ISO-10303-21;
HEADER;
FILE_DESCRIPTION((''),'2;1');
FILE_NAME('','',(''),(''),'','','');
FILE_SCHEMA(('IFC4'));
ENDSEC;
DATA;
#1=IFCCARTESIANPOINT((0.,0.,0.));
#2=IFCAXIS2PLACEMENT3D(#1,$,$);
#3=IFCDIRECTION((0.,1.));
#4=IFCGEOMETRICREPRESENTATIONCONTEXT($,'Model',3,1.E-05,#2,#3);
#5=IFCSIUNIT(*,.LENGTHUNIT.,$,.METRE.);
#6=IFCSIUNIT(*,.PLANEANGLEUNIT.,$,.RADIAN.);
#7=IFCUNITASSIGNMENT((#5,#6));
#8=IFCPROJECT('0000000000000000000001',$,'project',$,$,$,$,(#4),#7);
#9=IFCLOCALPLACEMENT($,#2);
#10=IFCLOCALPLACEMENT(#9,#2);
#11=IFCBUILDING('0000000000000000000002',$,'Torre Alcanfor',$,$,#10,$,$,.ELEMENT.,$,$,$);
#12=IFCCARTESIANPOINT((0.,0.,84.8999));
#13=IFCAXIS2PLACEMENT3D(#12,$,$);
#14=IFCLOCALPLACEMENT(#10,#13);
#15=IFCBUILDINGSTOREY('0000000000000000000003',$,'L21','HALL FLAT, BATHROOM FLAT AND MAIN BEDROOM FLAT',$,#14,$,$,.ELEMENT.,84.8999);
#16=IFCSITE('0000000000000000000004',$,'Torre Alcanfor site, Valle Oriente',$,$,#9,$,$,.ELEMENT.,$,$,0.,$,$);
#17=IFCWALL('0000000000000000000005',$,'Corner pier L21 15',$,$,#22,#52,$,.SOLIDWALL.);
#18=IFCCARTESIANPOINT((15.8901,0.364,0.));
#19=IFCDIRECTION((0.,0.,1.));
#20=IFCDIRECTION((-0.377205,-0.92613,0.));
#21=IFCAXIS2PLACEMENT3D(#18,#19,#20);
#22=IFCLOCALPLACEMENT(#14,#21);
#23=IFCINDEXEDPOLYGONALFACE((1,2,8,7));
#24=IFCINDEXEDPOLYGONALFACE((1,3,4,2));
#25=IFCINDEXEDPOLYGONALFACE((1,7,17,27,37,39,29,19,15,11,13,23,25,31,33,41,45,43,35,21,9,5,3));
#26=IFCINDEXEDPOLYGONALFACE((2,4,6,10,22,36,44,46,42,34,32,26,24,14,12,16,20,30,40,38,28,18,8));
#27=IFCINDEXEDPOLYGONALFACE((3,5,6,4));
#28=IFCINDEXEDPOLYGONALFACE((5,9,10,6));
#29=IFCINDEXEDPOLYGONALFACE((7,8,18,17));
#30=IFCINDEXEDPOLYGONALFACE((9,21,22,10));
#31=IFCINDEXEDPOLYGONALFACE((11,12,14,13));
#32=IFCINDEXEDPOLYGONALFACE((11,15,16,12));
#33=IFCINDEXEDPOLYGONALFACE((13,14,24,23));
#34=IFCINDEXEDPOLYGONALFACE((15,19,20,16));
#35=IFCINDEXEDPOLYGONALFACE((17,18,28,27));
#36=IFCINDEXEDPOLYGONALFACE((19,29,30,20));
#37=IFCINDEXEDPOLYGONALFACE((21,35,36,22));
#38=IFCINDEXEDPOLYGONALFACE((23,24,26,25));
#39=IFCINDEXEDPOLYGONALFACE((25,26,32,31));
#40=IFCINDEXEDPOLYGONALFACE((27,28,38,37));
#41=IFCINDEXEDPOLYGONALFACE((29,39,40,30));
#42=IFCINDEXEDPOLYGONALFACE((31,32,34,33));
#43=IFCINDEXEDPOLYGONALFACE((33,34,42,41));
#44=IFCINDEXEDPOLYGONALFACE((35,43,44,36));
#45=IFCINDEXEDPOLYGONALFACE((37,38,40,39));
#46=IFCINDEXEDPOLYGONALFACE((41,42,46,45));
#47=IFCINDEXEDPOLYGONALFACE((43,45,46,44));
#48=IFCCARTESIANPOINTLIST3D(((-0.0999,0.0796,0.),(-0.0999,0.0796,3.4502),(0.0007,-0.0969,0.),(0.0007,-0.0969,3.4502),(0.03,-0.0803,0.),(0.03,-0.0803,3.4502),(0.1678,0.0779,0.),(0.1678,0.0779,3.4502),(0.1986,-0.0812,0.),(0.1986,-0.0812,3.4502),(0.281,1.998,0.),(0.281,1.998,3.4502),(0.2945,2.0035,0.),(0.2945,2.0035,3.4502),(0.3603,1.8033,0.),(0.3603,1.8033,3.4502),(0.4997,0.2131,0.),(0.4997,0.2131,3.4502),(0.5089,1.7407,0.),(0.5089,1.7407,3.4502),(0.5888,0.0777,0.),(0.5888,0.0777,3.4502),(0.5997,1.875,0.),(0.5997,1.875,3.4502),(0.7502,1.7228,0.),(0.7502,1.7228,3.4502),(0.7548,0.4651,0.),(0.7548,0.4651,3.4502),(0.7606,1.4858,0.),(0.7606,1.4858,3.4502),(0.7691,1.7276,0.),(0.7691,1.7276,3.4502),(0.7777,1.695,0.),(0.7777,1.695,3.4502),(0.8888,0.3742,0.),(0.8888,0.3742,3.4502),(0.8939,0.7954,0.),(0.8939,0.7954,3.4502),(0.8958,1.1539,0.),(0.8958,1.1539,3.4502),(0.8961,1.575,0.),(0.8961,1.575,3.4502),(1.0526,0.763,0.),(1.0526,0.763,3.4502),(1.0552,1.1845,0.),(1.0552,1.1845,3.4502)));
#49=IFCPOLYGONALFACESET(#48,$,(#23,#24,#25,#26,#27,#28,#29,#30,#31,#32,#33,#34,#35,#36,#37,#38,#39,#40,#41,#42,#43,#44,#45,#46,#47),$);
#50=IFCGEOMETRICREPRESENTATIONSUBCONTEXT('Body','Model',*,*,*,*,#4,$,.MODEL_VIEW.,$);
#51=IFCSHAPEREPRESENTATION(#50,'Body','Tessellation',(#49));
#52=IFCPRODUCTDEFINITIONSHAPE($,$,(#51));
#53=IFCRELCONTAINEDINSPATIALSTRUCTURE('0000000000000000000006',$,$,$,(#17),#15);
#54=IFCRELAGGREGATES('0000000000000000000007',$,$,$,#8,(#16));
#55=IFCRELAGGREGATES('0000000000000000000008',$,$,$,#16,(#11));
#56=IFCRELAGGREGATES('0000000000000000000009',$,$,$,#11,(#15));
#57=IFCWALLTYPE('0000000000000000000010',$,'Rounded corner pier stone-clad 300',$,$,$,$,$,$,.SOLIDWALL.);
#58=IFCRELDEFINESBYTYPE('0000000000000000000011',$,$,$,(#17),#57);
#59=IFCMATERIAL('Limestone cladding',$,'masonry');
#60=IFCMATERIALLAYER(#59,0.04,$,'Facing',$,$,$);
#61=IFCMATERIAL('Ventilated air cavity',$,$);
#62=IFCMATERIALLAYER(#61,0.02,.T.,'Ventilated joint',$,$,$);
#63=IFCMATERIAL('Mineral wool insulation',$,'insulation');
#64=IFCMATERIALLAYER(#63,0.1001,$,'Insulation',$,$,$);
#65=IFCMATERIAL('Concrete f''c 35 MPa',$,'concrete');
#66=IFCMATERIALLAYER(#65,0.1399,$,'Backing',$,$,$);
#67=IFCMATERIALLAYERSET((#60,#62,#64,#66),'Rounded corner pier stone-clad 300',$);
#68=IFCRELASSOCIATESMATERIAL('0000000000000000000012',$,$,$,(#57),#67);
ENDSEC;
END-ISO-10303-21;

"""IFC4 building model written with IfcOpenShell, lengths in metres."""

from ifc_helpers import new_model, si_unit, direction, frame, origin, place, context, subcontext, project, spatial, polyline, outline, extrude, material, layer, layer_set, type_object, element, save


model = new_model("IFC4")

# Units and contexts
model_context = context("Model", 3, precision=1e-05, world=origin(), true_north=direction((0.0, 1.0)))
body_context = subcontext(model_context, "Body", "Model", "MODEL_VIEW")
ifc_project = project(units=[si_unit("LENGTHUNIT", "METRE"), si_unit("PLANEANGLEUNIT", "RADIAN")], contexts=[model_context])

# Site, building, storey
site_placement = place(None, origin())
site = spatial("IfcSite", under=ifc_project, at=site_placement, Name="Torre Alcanfor site, Valle Oriente", CompositionType="ELEMENT", RefElevation=0.0)
building_placement = place(site_placement, origin())
building = spatial("IfcBuilding", under=site, at=building_placement, Name="Torre Alcanfor", CompositionType="ELEMENT")
storey_placement = place(building_placement, frame((0.0, 0.0, 84.8999)))
storey = spatial("IfcBuildingStorey", under=building, at=storey_placement, Name="L21", Description="HALL FLAT, BATHROOM FLAT AND MAIN BEDROOM FLAT", CompositionType="ELEMENT", Elevation=84.8999)

# Shared definitions
ifc_material_1 = material(Name="Limestone cladding", Category="masonry")
ifc_material_2 = material(Name="Ventilated air cavity")
ifc_material_3 = material(Name="Mineral wool insulation", Category="insulation")
ifc_material_4 = material(Name="Concrete f'c 35 MPa", Category="concrete")

# Wall
ifc_layer_1 = layer(ifc_material_1, 0.04, Name="Facing")
ifc_layer_2 = layer(ifc_material_2, 0.02, ventilated=True, Name="Ventilated joint")
ifc_layer_3 = layer(ifc_material_3, 0.1001, Name="Insulation")
ifc_layer_4 = layer(ifc_material_4, 0.1399, Name="Backing")
ifc_layer_set_1 = layer_set([ifc_layer_1, ifc_layer_2, ifc_layer_3, ifc_layer_4], Name="Rounded corner pier stone-clad 300")
wall_type_1 = type_object("IfcWallType", Name="Rounded corner pier stone-clad 300", PredefinedType="SOLIDWALL", material=ifc_layer_set_1)
wall_1_placement = place(storey_placement, frame((15.8901, 0.364, 0.0), z_axis=(0.0, 0.0, 1.0), x_axis=(-0.377205, -0.92613, 0.0)))
element("IfcWall", 1, at=wall_1_placement, inside=storey, type_object=wall_type_1, Name="Corner pier L21 15", PredefinedType="SOLIDWALL", context=body_context, shape_type="SweptSolid", body=[
    extrude(outline(polyline([(0.3603, 1.8033), (0.5089, 1.7407), (0.7606, 1.4858), (0.8958, 1.1539), (0.8939, 0.7954), (0.7548, 0.4651), (0.4997, 0.2131), (0.1678, 0.0779), (-0.0999, 0.0796), (0.0007, -0.0969), (0.03, -0.0803), (0.1986, -0.0812), (0.5888, 0.0777), (0.8888, 0.3742), (1.0526, 0.763), (1.0552, 1.1845), (0.8961, 1.575), (0.7777, 1.695), (0.7691, 1.7276), (0.7502, 1.7228), (0.5997, 1.875), (0.2945, 2.0035), (0.281, 1.998), (0.3603, 1.8033)])), origin(), (0.0, 0.0, 1.0), 3.4502),
])

save(model, "model.ifc")
